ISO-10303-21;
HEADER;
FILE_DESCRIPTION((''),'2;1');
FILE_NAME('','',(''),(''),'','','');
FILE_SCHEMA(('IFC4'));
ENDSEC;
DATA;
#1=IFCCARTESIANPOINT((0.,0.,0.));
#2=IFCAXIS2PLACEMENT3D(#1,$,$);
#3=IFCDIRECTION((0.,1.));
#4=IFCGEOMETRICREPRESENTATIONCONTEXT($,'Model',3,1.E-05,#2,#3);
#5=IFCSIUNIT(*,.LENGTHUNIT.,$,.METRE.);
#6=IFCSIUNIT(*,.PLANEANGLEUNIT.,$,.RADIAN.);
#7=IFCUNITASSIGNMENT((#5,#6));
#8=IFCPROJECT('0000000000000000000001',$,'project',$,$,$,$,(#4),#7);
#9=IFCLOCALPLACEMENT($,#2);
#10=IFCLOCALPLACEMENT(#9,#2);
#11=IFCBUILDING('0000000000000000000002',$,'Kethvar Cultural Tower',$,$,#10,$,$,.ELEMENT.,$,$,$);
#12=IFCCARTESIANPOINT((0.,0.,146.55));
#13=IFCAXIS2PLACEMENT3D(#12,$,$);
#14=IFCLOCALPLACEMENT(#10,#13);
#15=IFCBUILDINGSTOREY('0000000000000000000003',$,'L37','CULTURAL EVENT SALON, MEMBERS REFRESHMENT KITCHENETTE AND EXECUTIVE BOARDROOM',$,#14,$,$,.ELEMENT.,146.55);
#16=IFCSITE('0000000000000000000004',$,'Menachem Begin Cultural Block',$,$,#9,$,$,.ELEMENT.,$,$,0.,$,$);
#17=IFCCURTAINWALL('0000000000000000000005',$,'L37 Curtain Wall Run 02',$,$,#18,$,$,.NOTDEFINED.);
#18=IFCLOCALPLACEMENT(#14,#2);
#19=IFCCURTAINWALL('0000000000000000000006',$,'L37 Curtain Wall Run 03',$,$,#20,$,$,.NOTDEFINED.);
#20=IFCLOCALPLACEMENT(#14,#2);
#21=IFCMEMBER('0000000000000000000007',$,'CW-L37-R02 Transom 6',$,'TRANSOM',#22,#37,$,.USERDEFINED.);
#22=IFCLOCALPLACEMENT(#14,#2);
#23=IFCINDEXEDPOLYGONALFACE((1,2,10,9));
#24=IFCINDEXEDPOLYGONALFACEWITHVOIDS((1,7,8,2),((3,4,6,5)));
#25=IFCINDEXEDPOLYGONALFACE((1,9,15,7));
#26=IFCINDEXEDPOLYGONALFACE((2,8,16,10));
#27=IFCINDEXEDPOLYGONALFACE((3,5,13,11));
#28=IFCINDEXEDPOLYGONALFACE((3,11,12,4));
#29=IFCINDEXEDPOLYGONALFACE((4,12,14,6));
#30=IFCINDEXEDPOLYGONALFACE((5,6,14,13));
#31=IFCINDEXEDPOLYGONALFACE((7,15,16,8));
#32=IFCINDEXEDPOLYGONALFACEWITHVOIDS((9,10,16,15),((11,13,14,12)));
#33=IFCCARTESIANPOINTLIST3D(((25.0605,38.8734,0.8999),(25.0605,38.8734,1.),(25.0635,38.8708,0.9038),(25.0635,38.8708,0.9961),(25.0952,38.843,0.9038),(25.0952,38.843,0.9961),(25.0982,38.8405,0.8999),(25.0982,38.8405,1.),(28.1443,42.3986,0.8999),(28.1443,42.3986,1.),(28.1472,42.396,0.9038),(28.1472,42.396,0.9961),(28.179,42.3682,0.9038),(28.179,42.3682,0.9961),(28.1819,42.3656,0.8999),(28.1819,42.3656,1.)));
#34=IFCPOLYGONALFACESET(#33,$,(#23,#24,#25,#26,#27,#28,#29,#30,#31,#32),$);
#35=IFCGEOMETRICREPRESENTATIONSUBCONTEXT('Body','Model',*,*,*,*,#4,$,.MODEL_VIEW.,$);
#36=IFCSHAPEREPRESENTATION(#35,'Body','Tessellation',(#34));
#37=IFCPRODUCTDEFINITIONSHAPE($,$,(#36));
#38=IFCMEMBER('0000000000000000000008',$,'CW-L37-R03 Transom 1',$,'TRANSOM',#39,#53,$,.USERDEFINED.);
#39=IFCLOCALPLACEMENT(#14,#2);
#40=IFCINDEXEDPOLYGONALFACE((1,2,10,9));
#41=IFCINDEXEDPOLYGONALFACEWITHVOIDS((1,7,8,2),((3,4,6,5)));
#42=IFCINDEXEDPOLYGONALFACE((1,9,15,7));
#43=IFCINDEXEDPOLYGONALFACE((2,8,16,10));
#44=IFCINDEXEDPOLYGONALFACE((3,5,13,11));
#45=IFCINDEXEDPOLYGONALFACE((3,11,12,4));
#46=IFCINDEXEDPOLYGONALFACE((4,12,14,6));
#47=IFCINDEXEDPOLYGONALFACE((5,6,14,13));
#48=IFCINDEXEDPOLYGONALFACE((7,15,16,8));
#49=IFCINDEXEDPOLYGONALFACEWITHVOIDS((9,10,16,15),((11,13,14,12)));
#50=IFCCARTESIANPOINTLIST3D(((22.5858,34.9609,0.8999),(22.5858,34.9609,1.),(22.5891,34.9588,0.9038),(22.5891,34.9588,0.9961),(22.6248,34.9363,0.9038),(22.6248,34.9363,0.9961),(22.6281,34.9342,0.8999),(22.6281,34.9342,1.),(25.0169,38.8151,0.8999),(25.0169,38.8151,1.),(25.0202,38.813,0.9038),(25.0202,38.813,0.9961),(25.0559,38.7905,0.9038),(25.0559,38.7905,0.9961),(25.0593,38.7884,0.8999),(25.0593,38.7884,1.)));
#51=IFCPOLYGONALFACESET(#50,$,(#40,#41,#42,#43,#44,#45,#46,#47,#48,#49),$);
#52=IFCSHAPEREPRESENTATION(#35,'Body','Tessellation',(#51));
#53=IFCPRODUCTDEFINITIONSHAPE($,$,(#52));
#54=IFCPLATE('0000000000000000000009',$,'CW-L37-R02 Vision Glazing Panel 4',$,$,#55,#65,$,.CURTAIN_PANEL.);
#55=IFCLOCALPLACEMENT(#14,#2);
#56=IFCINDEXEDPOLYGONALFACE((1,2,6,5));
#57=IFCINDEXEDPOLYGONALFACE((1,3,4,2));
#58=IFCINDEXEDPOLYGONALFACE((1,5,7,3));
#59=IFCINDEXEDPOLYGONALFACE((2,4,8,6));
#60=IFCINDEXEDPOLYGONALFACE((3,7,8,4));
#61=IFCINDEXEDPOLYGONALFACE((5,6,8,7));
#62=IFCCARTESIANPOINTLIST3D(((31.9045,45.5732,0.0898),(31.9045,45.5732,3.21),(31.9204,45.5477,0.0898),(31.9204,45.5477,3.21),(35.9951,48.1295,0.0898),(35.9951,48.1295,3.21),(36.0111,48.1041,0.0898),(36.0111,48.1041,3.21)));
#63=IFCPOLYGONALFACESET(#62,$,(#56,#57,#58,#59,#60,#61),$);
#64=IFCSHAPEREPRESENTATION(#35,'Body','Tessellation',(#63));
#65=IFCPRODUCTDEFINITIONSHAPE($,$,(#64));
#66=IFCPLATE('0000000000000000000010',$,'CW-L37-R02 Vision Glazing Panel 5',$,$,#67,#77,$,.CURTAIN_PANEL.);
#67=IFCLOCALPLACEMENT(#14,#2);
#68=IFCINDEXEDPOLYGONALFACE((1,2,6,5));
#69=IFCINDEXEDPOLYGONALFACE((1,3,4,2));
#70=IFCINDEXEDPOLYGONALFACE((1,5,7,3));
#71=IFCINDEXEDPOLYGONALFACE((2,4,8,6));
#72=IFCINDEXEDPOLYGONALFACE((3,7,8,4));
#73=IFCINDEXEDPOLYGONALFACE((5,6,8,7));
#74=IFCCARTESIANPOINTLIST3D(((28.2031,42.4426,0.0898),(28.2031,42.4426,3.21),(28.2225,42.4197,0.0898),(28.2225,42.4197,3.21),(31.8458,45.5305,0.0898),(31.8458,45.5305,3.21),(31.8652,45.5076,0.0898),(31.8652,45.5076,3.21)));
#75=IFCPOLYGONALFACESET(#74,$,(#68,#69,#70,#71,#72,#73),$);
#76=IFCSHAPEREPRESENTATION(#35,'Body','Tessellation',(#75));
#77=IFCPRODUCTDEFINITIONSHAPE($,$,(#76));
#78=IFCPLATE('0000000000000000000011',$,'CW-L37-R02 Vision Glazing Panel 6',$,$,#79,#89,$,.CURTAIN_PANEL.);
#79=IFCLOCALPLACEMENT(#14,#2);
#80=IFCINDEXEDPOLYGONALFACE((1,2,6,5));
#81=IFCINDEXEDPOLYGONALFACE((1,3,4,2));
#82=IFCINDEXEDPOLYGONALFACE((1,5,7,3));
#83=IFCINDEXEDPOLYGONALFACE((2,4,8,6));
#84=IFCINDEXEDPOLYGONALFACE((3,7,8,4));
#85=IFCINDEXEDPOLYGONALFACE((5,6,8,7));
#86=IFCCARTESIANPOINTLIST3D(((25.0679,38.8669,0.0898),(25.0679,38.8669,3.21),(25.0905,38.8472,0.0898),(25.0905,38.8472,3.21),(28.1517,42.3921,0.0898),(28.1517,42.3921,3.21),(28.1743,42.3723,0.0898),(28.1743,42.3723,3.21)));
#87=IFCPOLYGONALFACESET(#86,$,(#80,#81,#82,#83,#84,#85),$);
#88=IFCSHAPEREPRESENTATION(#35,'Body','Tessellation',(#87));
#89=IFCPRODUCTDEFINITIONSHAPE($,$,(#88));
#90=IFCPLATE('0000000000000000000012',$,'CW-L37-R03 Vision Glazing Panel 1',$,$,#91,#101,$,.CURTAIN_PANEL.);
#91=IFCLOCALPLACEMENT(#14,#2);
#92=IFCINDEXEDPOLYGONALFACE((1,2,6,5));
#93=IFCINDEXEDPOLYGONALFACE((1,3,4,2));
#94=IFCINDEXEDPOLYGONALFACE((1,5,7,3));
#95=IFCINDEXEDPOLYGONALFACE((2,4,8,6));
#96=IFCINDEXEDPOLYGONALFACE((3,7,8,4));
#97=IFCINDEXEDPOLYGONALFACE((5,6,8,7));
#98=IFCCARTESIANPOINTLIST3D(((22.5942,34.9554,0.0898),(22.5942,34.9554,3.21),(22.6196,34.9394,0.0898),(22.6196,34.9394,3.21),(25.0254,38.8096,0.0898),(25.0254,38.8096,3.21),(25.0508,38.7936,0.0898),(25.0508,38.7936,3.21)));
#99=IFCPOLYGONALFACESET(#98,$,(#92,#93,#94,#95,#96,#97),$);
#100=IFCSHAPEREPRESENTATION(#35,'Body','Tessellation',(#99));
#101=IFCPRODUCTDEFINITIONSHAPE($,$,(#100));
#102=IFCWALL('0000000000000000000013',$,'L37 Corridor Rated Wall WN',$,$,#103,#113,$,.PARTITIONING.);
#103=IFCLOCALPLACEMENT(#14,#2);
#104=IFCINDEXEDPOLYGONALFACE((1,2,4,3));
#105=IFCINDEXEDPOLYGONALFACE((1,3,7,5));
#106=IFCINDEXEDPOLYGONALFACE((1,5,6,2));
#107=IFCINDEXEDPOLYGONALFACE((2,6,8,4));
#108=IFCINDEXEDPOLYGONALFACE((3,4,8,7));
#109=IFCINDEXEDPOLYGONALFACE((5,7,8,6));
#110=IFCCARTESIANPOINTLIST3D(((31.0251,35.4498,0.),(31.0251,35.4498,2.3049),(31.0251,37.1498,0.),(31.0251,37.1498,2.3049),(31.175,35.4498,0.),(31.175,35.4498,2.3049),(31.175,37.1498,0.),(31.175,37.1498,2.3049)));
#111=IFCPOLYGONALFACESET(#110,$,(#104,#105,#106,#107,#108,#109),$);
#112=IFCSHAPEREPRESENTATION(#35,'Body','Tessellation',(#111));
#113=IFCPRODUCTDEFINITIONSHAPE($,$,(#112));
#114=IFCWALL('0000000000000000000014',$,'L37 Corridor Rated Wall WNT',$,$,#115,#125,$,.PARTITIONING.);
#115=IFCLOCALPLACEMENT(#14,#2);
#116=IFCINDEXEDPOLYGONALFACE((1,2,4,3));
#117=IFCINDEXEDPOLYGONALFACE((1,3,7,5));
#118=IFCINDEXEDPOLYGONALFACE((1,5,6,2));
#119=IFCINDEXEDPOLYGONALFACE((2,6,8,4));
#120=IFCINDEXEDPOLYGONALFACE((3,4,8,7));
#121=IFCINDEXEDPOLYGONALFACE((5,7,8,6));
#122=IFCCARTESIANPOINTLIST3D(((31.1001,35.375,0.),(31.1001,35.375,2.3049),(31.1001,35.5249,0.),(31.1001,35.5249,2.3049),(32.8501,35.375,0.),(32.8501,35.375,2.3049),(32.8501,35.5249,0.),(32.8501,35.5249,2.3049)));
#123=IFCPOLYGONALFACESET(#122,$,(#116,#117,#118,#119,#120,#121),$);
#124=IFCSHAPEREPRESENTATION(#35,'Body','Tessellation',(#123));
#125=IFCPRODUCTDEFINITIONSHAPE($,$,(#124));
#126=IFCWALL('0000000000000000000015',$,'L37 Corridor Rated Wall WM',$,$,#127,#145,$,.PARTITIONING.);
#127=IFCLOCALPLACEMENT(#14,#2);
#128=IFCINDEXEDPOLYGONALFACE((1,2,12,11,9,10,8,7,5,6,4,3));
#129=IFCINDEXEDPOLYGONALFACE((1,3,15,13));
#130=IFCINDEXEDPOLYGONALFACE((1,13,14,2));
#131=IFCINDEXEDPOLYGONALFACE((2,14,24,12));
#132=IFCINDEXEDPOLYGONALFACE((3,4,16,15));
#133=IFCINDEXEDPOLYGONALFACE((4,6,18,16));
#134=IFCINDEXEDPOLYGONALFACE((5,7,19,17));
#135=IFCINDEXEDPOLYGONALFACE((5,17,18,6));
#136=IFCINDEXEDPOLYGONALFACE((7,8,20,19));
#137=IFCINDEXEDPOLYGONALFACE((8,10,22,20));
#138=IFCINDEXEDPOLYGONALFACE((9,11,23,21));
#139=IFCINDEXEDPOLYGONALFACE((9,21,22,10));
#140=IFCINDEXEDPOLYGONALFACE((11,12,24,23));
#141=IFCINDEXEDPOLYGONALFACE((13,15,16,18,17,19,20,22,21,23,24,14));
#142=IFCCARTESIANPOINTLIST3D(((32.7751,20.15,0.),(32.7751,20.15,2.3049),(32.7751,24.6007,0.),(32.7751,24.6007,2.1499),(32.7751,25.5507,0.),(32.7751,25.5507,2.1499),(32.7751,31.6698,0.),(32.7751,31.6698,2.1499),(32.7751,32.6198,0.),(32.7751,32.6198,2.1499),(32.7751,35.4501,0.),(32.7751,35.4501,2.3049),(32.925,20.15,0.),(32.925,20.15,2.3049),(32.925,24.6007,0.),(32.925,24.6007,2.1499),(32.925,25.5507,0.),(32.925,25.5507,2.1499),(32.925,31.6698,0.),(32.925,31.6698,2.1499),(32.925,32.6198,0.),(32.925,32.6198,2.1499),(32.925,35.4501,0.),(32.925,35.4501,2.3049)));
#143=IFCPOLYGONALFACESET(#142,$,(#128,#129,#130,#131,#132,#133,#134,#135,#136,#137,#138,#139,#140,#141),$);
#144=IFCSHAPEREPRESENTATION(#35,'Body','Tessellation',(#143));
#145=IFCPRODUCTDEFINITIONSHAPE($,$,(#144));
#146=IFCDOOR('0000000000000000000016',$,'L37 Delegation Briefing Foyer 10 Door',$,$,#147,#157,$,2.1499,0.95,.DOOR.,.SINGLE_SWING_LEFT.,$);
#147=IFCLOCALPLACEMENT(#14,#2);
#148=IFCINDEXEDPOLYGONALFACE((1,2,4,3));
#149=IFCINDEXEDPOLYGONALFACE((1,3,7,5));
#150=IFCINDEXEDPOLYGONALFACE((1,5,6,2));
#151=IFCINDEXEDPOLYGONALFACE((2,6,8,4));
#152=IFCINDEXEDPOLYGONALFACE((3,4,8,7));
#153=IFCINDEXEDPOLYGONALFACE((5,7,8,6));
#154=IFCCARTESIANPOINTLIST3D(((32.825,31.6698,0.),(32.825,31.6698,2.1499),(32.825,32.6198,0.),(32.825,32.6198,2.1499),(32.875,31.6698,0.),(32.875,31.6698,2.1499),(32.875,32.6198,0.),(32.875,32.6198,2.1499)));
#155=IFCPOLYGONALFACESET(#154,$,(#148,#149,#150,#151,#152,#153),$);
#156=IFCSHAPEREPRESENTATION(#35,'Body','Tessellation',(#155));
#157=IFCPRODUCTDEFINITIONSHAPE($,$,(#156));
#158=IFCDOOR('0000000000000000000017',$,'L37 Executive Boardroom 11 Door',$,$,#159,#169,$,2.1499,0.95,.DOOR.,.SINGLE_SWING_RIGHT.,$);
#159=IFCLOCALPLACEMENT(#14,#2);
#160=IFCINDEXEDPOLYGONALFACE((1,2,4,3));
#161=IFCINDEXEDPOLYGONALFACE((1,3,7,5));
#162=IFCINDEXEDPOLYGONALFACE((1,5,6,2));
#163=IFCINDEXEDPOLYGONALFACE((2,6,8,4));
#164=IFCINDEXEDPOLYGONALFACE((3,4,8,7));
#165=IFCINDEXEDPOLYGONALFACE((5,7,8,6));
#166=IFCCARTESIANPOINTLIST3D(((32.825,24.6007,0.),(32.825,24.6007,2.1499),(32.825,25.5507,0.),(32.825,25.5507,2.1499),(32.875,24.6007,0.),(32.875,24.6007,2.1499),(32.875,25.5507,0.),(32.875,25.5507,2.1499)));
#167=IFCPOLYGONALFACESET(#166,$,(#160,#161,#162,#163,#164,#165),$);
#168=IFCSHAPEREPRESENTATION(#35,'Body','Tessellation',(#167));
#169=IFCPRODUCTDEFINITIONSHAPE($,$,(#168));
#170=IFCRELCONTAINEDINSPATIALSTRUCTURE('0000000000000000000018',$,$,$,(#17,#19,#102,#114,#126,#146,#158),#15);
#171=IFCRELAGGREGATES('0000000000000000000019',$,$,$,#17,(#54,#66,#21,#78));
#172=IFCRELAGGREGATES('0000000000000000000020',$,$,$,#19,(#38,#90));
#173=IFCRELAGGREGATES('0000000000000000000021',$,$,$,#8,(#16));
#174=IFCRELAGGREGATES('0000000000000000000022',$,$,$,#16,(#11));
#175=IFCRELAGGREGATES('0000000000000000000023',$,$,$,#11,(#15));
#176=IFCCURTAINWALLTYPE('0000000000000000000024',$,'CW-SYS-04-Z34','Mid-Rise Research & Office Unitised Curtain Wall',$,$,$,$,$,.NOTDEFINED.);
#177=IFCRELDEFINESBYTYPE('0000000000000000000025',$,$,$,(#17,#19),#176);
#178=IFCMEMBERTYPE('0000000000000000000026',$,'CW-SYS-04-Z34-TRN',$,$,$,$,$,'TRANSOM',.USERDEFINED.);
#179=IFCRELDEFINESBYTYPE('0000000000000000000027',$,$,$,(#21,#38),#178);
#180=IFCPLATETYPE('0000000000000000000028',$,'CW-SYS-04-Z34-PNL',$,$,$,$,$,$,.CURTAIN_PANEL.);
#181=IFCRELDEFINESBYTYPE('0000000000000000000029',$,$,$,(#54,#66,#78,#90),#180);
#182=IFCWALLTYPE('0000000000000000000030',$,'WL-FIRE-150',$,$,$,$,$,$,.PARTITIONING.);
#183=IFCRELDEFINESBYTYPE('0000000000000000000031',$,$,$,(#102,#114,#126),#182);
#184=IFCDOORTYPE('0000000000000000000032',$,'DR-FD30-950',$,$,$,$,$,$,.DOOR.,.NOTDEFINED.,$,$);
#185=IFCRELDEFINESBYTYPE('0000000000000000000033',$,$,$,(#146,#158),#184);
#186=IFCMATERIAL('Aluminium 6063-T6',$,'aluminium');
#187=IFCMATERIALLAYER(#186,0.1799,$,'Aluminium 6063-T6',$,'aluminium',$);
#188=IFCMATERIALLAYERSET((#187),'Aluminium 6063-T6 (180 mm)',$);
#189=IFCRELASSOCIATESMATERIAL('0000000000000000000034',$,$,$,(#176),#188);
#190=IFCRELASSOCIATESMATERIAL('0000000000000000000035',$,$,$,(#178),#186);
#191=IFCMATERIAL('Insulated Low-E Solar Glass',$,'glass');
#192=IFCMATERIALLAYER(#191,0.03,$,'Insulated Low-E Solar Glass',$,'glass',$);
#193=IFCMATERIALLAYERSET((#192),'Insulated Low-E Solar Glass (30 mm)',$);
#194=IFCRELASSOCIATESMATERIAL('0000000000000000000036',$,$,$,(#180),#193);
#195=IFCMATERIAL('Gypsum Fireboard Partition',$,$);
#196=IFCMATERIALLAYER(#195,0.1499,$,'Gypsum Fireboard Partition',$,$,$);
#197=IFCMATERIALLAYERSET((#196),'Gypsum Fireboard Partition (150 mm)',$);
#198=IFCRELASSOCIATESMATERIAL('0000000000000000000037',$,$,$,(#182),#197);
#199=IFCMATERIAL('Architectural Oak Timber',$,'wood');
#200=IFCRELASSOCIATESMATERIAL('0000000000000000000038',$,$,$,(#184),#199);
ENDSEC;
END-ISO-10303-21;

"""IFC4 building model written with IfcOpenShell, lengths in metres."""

from ifc_helpers import new_model, si_unit, direction, frame, frame_2d, origin, origin_2d, place, context, subcontext, project, spatial, rectangle, hollow_rectangle, extrude, source, transform, mapped, material, layer, layer_set, material_profile, profile_set, type_object, element, fill, aggregate, save


model = new_model("IFC4")

# Units and contexts
model_context = context("Model", 3, precision=1e-05, world=origin(), true_north=direction((0.0, 1.0)))
body_context = subcontext(model_context, "Body", "Model", "MODEL_VIEW")
ifc_project = project(units=[si_unit("LENGTHUNIT", "METRE"), si_unit("PLANEANGLEUNIT", "RADIAN")], contexts=[model_context])

# Site, building, storey
site_placement = place(None, origin())
site = spatial("IfcSite", under=ifc_project, at=site_placement, Name="Menachem Begin Cultural Block", CompositionType="ELEMENT", RefElevation=0.0)
building_placement = place(site_placement, origin())
building = spatial("IfcBuilding", under=site, at=building_placement, Name="Kethvar Cultural Tower", CompositionType="ELEMENT")
storey_placement = place(building_placement, frame((0.0, 0.0, 146.55)))
storey = spatial("IfcBuildingStorey", under=building, at=storey_placement, Name="L37", Description="CULTURAL EVENT SALON, MEMBERS REFRESHMENT KITCHENETTE AND EXECUTIVE BOARDROOM", CompositionType="ELEMENT", Elevation=146.55)

# Curtain wall
ifc_material_1 = material(Name="Aluminium 6063-T6", Category="aluminium")
ifc_layer_1 = layer(ifc_material_1, 0.1799, Name="Aluminium 6063-T6", Category="aluminium")
ifc_layer_set_1 = layer_set([ifc_layer_1], Name="Aluminium 6063-T6 (180 mm)")
curtain_wall_type = type_object("IfcCurtainWallType", Name="CW-SYS-04-Z34", Description="Mid-Rise Research & Office Unitised Curtain Wall", PredefinedType="NOTDEFINED", material=ifc_layer_set_1)
curtain_wall_1_placement = place(storey_placement, origin())
curtain_wall_1 = element("IfcCurtainWall", 1, at=curtain_wall_1_placement, inside=storey, type_object=curtain_wall_type, Name="L37 Curtain Wall Run 02", PredefinedType="NOTDEFINED")

# Curtain wall
curtain_wall_2_placement = place(storey_placement, origin())
curtain_wall_2 = element("IfcCurtainWall", 2, at=curtain_wall_2_placement, inside=storey, type_object=curtain_wall_type, Name="L37 Curtain Wall Run 03", PredefinedType="NOTDEFINED")

# Members
ifc_material_profile_1 = material_profile(ifc_material_1, hollow_rectangle(XDim=0.05, YDim=0.1001, WallThickness=0.0039, at=origin_2d()), Name="Aluminium 6063-T6 — RHS100x50x4")
ifc_profile_set_1 = profile_set([ifc_material_profile_1], Name="Aluminium 6063-T6 — RHS100x50x4")
member_type_1 = type_object("IfcMemberType", Name="CW-SYS-04-Z34-TRN", ElementType="TRANSOM", PredefinedType="USERDEFINED", material=ifc_profile_set_1)
shared_shape_1 = source(origin(), body_context, "Body", "SweptSolid", [
    extrude(hollow_rectangle(XDim=0.05, YDim=0.1001, WallThickness=0.0039, at=origin_2d()), origin(), (0.0, 0.0, 1.0), 4.6836),
])
member_1_placement = place(storey_placement, frame((28.1631, 42.3821, 0.95), z_axis=(-0.658412, -0.752657, 0.0), x_axis=(0.752657, -0.658412, 0.0)))
member_1 = element("IfcMember", 3, at=member_1_placement, type_object=member_type_1, Name="CW-L37-R02 Transom 6", ObjectType="TRANSOM", PredefinedType="USERDEFINED", context=body_context, shape_type="MappedRepresentation", body=[
    mapped(shared_shape_1, transform((0.0, 0.0, 0.0), scale=1.0)),
])
shared_shape_2 = source(origin(), body_context, "Body", "SweptSolid", [
    extrude(hollow_rectangle(XDim=0.05, YDim=0.1001, WallThickness=0.0039, at=origin_2d()), origin(), (0.0, 0.0, 1.0), 4.5569),
])
member_2_placement = place(storey_placement, frame((25.0381, 38.8018, 0.95), z_axis=(-0.533505, -0.845797, 0.0), x_axis=(0.845797, -0.533505, 0.0)))
member_2 = element("IfcMember", 4, at=member_2_placement, type_object=member_type_1, Name="CW-L37-R03 Transom 1", ObjectType="TRANSOM", PredefinedType="USERDEFINED", context=body_context, shape_type="MappedRepresentation", body=[
    mapped(shared_shape_2, transform((0.0, 0.0, 0.0), scale=1.0)),
])

# Plates
ifc_material_2 = material(Name="Insulated Low-E Solar Glass", Category="glass")
ifc_layer_2 = layer(ifc_material_2, 0.03, Name="Insulated Low-E Solar Glass", Category="glass")
ifc_layer_set_2 = layer_set([ifc_layer_2], Name="Insulated Low-E Solar Glass (30 mm)")
plate_type = type_object("IfcPlateType", Name="CW-SYS-04-Z34-PNL", PredefinedType="CURTAIN_PANEL", material=ifc_layer_set_2)
shared_shape_3 = source(origin(), body_context, "Body", "SweptSolid", [
    extrude(rectangle(XDim=4.8237, YDim=0.03, at=origin_2d()), origin(), (0.0, 0.0, 1.0), 3.1201),
])
plate_1_placement = place(storey_placement, frame((33.9578, 46.8386, 0.0898), z_axis=(0.0, 0.0, 1.0), x_axis=(-0.84803, -0.529949, 0.0)))
plate_1 = element("IfcPlate", 5, at=plate_1_placement, type_object=plate_type, Name="CW-L37-R02 Vision Glazing Panel 4", PredefinedType="CURTAIN_PANEL", context=body_context, shape_type="MappedRepresentation", body=[
    mapped(shared_shape_3, transform((0.0, 0.0, 0.0), scale=1.0)),
])
shared_shape_4 = source(origin(), body_context, "Body", "SweptSolid", [
    extrude(rectangle(XDim=4.7754, YDim=0.03, at=origin_2d()), origin(), (0.0, 0.0, 1.0), 3.1201),
])
plate_2_placement = place(storey_placement, frame((30.0342, 43.9751, 0.0898), z_axis=(0.0, 0.0, 1.0), x_axis=(-0.762804, -0.64663, 0.0)))
plate_2 = element("IfcPlate", 6, at=plate_2_placement, type_object=plate_type, Name="CW-L37-R02 Vision Glazing Panel 5", PredefinedType="CURTAIN_PANEL", context=body_context, shape_type="MappedRepresentation", body=[
    mapped(shared_shape_4, transform((0.0, 0.0, 0.0), scale=1.0)),
])
shared_shape_5 = source(origin(), body_context, "Body", "SweptSolid", [
    extrude(rectangle(XDim=4.6836, YDim=0.03, at=origin_2d()), origin(), (0.0, 0.0, 1.0), 3.1201),
])
plate_3_placement = place(storey_placement, frame((26.6211, 40.6196, 0.0898), z_axis=(0.0, 0.0, 1.0), x_axis=(-0.658414, -0.752656, 0.0)))
plate_3 = element("IfcPlate", 7, at=plate_3_placement, type_object=plate_type, Name="CW-L37-R02 Vision Glazing Panel 6", PredefinedType="CURTAIN_PANEL", context=body_context, shape_type="MappedRepresentation", body=[
    mapped(shared_shape_5, transform((0.0, 0.0, 0.0), scale=1.0)),
])
aggregate(curtain_wall_1, [plate_1, plate_2, member_1, plate_3])
shared_shape_6 = source(origin(), body_context, "Body", "SweptSolid", [
    extrude(rectangle(XDim=4.5569, YDim=0.03, at=origin_2d()), origin(), (0.0, 0.0, 1.0), 3.1201),
])
plate_4_placement = place(storey_placement, frame((23.8225, 36.8745, 0.0898), z_axis=(0.0, 0.0, 1.0), x_axis=(-0.533511, -0.845793, 0.0)))
plate_4 = element("IfcPlate", 8, at=plate_4_placement, type_object=plate_type, Name="CW-L37-R03 Vision Glazing Panel 1", PredefinedType="CURTAIN_PANEL", context=body_context, shape_type="MappedRepresentation", body=[
    mapped(shared_shape_6, transform((0.0, 0.0, 0.0), scale=1.0)),
])
aggregate(curtain_wall_2, [member_2, plate_4])

# Walls
ifc_material_3 = material(Name="Gypsum Fireboard Partition")
ifc_layer_3 = layer(ifc_material_3, 0.1499, Name="Gypsum Fireboard Partition")
ifc_layer_set_3 = layer_set([ifc_layer_3], Name="Gypsum Fireboard Partition (150 mm)")
wall_type = type_object("IfcWallType", Name="WL-FIRE-150", PredefinedType="PARTITIONING", material=ifc_layer_set_3)
wall_1_placement = place(storey_placement, frame((31.1001, 37.1499, 0.0), z_axis=(0.0, 0.0, 1.0), x_axis=(0.0, -1.0, 0.0)))
element("IfcWall", 9, at=wall_1_placement, inside=storey, type_object=wall_type, Name="L37 Corridor Rated Wall WN", PredefinedType="PARTITIONING", context=body_context, shape_type="SweptSolid", body=[
    extrude(rectangle(XDim=1.7, YDim=0.1499, at=frame_2d((0.8501, 0.0))), origin(), (0.0, 0.0, 1.0), 2.3049),
])
wall_2_placement = place(storey_placement, frame((31.1001, 35.45, 0.0), z_axis=(0.0, 0.0, 1.0), x_axis=(1.0, 0.0, 0.0)))
element("IfcWall", 10, at=wall_2_placement, inside=storey, type_object=wall_type, Name="L37 Corridor Rated Wall WNT", PredefinedType="PARTITIONING", context=body_context, shape_type="SweptSolid", body=[
    extrude(rectangle(XDim=1.75, YDim=0.1499, at=frame_2d((0.875, 0.0))), origin(), (0.0, 0.0, 1.0), 2.3049),
])

# Wall, openings, doors
wall_3_placement = place(storey_placement, frame((32.8501, 35.45, 0.0), z_axis=(0.0, 0.0, 1.0), x_axis=(0.0, -1.0, 0.0)))
wall_3 = element("IfcWall", 11, at=wall_3_placement, inside=storey, type_object=wall_type, Name="L37 Corridor Rated Wall WM", PredefinedType="PARTITIONING", context=body_context, shape_type="SweptSolid", body=[
    extrude(rectangle(XDim=15.3, YDim=0.1499, at=frame_2d((7.6499, 0.0))), origin(), (0.0, 0.0, 1.0), 2.3049),
])
opening_1_placement = place(wall_3_placement, frame((2.8301, 0.0, 0.0)))
opening_1 = element("IfcOpeningElement", 12, at=opening_1_placement, cuts=wall_3, PredefinedType="OPENING", context=body_context, shape_type="SweptSolid", body=[
    extrude(rectangle(XDim=0.95, YDim=2.1499, at=frame_2d((0.4751, 1.075))), frame((0.0, 0.085, 0.0), z_axis=(0.0, -1.0, 0.0), x_axis=(1.0, 0.0, 0.0)), (0.0, 0.0, 1.0), 0.1699),
])
opening_2_placement = place(wall_3_placement, frame((9.8992, 0.0, 0.0)))
opening_2 = element("IfcOpeningElement", 13, at=opening_2_placement, cuts=wall_3, PredefinedType="OPENING", context=body_context, shape_type="SweptSolid", body=[
    extrude(rectangle(XDim=0.95, YDim=2.1499, at=frame_2d((0.4751, 1.075))), frame((0.0, 0.085, 0.0), z_axis=(0.0, -1.0, 0.0), x_axis=(1.0, 0.0, 0.0)), (0.0, 0.0, 1.0), 0.1699),
])
ifc_material_4 = material(Name="Architectural Oak Timber", Category="wood")
door_type = type_object("IfcDoorType", Name="DR-FD30-950", OperationType="NOTDEFINED", PredefinedType="DOOR", material=ifc_material_4)
shared_shape_7 = source(origin(), body_context, "Body", "SweptSolid", [
    extrude(rectangle(XDim=0.95, YDim=2.1499, at=frame_2d((0.4751, 1.075))), frame((0.0, 0.0249, 0.0), z_axis=(0.0, -1.0, 0.0), x_axis=(1.0, 0.0, 0.0)), (0.0, 0.0, 1.0), 0.05),
])
door_1_placement = place(opening_1_placement, origin())
door_1 = element("IfcDoor", 14, at=door_1_placement, inside=storey, type_object=door_type, Name="L37 Delegation Briefing Foyer 10 Door", OperationType="SINGLE_SWING_LEFT", OverallHeight=2.1499, OverallWidth=0.95, PredefinedType="DOOR", context=body_context, shape_type="MappedRepresentation", body=[
    mapped(shared_shape_7, transform((0.0, 0.0, 0.0), scale=1.0)),
])
fill(opening_1, door_1)
door_2_placement = place(opening_2_placement, origin())
door_2 = element("IfcDoor", 15, at=door_2_placement, inside=storey, type_object=door_type, Name="L37 Executive Boardroom 11 Door", OperationType="SINGLE_SWING_RIGHT", OverallHeight=2.1499, OverallWidth=0.95, PredefinedType="DOOR", context=body_context, shape_type="MappedRepresentation", body=[
    mapped(shared_shape_7, transform((0.0, 0.0, 0.0), scale=1.0)),
])
fill(opening_2, door_2)

save(model, "model.ifc")
